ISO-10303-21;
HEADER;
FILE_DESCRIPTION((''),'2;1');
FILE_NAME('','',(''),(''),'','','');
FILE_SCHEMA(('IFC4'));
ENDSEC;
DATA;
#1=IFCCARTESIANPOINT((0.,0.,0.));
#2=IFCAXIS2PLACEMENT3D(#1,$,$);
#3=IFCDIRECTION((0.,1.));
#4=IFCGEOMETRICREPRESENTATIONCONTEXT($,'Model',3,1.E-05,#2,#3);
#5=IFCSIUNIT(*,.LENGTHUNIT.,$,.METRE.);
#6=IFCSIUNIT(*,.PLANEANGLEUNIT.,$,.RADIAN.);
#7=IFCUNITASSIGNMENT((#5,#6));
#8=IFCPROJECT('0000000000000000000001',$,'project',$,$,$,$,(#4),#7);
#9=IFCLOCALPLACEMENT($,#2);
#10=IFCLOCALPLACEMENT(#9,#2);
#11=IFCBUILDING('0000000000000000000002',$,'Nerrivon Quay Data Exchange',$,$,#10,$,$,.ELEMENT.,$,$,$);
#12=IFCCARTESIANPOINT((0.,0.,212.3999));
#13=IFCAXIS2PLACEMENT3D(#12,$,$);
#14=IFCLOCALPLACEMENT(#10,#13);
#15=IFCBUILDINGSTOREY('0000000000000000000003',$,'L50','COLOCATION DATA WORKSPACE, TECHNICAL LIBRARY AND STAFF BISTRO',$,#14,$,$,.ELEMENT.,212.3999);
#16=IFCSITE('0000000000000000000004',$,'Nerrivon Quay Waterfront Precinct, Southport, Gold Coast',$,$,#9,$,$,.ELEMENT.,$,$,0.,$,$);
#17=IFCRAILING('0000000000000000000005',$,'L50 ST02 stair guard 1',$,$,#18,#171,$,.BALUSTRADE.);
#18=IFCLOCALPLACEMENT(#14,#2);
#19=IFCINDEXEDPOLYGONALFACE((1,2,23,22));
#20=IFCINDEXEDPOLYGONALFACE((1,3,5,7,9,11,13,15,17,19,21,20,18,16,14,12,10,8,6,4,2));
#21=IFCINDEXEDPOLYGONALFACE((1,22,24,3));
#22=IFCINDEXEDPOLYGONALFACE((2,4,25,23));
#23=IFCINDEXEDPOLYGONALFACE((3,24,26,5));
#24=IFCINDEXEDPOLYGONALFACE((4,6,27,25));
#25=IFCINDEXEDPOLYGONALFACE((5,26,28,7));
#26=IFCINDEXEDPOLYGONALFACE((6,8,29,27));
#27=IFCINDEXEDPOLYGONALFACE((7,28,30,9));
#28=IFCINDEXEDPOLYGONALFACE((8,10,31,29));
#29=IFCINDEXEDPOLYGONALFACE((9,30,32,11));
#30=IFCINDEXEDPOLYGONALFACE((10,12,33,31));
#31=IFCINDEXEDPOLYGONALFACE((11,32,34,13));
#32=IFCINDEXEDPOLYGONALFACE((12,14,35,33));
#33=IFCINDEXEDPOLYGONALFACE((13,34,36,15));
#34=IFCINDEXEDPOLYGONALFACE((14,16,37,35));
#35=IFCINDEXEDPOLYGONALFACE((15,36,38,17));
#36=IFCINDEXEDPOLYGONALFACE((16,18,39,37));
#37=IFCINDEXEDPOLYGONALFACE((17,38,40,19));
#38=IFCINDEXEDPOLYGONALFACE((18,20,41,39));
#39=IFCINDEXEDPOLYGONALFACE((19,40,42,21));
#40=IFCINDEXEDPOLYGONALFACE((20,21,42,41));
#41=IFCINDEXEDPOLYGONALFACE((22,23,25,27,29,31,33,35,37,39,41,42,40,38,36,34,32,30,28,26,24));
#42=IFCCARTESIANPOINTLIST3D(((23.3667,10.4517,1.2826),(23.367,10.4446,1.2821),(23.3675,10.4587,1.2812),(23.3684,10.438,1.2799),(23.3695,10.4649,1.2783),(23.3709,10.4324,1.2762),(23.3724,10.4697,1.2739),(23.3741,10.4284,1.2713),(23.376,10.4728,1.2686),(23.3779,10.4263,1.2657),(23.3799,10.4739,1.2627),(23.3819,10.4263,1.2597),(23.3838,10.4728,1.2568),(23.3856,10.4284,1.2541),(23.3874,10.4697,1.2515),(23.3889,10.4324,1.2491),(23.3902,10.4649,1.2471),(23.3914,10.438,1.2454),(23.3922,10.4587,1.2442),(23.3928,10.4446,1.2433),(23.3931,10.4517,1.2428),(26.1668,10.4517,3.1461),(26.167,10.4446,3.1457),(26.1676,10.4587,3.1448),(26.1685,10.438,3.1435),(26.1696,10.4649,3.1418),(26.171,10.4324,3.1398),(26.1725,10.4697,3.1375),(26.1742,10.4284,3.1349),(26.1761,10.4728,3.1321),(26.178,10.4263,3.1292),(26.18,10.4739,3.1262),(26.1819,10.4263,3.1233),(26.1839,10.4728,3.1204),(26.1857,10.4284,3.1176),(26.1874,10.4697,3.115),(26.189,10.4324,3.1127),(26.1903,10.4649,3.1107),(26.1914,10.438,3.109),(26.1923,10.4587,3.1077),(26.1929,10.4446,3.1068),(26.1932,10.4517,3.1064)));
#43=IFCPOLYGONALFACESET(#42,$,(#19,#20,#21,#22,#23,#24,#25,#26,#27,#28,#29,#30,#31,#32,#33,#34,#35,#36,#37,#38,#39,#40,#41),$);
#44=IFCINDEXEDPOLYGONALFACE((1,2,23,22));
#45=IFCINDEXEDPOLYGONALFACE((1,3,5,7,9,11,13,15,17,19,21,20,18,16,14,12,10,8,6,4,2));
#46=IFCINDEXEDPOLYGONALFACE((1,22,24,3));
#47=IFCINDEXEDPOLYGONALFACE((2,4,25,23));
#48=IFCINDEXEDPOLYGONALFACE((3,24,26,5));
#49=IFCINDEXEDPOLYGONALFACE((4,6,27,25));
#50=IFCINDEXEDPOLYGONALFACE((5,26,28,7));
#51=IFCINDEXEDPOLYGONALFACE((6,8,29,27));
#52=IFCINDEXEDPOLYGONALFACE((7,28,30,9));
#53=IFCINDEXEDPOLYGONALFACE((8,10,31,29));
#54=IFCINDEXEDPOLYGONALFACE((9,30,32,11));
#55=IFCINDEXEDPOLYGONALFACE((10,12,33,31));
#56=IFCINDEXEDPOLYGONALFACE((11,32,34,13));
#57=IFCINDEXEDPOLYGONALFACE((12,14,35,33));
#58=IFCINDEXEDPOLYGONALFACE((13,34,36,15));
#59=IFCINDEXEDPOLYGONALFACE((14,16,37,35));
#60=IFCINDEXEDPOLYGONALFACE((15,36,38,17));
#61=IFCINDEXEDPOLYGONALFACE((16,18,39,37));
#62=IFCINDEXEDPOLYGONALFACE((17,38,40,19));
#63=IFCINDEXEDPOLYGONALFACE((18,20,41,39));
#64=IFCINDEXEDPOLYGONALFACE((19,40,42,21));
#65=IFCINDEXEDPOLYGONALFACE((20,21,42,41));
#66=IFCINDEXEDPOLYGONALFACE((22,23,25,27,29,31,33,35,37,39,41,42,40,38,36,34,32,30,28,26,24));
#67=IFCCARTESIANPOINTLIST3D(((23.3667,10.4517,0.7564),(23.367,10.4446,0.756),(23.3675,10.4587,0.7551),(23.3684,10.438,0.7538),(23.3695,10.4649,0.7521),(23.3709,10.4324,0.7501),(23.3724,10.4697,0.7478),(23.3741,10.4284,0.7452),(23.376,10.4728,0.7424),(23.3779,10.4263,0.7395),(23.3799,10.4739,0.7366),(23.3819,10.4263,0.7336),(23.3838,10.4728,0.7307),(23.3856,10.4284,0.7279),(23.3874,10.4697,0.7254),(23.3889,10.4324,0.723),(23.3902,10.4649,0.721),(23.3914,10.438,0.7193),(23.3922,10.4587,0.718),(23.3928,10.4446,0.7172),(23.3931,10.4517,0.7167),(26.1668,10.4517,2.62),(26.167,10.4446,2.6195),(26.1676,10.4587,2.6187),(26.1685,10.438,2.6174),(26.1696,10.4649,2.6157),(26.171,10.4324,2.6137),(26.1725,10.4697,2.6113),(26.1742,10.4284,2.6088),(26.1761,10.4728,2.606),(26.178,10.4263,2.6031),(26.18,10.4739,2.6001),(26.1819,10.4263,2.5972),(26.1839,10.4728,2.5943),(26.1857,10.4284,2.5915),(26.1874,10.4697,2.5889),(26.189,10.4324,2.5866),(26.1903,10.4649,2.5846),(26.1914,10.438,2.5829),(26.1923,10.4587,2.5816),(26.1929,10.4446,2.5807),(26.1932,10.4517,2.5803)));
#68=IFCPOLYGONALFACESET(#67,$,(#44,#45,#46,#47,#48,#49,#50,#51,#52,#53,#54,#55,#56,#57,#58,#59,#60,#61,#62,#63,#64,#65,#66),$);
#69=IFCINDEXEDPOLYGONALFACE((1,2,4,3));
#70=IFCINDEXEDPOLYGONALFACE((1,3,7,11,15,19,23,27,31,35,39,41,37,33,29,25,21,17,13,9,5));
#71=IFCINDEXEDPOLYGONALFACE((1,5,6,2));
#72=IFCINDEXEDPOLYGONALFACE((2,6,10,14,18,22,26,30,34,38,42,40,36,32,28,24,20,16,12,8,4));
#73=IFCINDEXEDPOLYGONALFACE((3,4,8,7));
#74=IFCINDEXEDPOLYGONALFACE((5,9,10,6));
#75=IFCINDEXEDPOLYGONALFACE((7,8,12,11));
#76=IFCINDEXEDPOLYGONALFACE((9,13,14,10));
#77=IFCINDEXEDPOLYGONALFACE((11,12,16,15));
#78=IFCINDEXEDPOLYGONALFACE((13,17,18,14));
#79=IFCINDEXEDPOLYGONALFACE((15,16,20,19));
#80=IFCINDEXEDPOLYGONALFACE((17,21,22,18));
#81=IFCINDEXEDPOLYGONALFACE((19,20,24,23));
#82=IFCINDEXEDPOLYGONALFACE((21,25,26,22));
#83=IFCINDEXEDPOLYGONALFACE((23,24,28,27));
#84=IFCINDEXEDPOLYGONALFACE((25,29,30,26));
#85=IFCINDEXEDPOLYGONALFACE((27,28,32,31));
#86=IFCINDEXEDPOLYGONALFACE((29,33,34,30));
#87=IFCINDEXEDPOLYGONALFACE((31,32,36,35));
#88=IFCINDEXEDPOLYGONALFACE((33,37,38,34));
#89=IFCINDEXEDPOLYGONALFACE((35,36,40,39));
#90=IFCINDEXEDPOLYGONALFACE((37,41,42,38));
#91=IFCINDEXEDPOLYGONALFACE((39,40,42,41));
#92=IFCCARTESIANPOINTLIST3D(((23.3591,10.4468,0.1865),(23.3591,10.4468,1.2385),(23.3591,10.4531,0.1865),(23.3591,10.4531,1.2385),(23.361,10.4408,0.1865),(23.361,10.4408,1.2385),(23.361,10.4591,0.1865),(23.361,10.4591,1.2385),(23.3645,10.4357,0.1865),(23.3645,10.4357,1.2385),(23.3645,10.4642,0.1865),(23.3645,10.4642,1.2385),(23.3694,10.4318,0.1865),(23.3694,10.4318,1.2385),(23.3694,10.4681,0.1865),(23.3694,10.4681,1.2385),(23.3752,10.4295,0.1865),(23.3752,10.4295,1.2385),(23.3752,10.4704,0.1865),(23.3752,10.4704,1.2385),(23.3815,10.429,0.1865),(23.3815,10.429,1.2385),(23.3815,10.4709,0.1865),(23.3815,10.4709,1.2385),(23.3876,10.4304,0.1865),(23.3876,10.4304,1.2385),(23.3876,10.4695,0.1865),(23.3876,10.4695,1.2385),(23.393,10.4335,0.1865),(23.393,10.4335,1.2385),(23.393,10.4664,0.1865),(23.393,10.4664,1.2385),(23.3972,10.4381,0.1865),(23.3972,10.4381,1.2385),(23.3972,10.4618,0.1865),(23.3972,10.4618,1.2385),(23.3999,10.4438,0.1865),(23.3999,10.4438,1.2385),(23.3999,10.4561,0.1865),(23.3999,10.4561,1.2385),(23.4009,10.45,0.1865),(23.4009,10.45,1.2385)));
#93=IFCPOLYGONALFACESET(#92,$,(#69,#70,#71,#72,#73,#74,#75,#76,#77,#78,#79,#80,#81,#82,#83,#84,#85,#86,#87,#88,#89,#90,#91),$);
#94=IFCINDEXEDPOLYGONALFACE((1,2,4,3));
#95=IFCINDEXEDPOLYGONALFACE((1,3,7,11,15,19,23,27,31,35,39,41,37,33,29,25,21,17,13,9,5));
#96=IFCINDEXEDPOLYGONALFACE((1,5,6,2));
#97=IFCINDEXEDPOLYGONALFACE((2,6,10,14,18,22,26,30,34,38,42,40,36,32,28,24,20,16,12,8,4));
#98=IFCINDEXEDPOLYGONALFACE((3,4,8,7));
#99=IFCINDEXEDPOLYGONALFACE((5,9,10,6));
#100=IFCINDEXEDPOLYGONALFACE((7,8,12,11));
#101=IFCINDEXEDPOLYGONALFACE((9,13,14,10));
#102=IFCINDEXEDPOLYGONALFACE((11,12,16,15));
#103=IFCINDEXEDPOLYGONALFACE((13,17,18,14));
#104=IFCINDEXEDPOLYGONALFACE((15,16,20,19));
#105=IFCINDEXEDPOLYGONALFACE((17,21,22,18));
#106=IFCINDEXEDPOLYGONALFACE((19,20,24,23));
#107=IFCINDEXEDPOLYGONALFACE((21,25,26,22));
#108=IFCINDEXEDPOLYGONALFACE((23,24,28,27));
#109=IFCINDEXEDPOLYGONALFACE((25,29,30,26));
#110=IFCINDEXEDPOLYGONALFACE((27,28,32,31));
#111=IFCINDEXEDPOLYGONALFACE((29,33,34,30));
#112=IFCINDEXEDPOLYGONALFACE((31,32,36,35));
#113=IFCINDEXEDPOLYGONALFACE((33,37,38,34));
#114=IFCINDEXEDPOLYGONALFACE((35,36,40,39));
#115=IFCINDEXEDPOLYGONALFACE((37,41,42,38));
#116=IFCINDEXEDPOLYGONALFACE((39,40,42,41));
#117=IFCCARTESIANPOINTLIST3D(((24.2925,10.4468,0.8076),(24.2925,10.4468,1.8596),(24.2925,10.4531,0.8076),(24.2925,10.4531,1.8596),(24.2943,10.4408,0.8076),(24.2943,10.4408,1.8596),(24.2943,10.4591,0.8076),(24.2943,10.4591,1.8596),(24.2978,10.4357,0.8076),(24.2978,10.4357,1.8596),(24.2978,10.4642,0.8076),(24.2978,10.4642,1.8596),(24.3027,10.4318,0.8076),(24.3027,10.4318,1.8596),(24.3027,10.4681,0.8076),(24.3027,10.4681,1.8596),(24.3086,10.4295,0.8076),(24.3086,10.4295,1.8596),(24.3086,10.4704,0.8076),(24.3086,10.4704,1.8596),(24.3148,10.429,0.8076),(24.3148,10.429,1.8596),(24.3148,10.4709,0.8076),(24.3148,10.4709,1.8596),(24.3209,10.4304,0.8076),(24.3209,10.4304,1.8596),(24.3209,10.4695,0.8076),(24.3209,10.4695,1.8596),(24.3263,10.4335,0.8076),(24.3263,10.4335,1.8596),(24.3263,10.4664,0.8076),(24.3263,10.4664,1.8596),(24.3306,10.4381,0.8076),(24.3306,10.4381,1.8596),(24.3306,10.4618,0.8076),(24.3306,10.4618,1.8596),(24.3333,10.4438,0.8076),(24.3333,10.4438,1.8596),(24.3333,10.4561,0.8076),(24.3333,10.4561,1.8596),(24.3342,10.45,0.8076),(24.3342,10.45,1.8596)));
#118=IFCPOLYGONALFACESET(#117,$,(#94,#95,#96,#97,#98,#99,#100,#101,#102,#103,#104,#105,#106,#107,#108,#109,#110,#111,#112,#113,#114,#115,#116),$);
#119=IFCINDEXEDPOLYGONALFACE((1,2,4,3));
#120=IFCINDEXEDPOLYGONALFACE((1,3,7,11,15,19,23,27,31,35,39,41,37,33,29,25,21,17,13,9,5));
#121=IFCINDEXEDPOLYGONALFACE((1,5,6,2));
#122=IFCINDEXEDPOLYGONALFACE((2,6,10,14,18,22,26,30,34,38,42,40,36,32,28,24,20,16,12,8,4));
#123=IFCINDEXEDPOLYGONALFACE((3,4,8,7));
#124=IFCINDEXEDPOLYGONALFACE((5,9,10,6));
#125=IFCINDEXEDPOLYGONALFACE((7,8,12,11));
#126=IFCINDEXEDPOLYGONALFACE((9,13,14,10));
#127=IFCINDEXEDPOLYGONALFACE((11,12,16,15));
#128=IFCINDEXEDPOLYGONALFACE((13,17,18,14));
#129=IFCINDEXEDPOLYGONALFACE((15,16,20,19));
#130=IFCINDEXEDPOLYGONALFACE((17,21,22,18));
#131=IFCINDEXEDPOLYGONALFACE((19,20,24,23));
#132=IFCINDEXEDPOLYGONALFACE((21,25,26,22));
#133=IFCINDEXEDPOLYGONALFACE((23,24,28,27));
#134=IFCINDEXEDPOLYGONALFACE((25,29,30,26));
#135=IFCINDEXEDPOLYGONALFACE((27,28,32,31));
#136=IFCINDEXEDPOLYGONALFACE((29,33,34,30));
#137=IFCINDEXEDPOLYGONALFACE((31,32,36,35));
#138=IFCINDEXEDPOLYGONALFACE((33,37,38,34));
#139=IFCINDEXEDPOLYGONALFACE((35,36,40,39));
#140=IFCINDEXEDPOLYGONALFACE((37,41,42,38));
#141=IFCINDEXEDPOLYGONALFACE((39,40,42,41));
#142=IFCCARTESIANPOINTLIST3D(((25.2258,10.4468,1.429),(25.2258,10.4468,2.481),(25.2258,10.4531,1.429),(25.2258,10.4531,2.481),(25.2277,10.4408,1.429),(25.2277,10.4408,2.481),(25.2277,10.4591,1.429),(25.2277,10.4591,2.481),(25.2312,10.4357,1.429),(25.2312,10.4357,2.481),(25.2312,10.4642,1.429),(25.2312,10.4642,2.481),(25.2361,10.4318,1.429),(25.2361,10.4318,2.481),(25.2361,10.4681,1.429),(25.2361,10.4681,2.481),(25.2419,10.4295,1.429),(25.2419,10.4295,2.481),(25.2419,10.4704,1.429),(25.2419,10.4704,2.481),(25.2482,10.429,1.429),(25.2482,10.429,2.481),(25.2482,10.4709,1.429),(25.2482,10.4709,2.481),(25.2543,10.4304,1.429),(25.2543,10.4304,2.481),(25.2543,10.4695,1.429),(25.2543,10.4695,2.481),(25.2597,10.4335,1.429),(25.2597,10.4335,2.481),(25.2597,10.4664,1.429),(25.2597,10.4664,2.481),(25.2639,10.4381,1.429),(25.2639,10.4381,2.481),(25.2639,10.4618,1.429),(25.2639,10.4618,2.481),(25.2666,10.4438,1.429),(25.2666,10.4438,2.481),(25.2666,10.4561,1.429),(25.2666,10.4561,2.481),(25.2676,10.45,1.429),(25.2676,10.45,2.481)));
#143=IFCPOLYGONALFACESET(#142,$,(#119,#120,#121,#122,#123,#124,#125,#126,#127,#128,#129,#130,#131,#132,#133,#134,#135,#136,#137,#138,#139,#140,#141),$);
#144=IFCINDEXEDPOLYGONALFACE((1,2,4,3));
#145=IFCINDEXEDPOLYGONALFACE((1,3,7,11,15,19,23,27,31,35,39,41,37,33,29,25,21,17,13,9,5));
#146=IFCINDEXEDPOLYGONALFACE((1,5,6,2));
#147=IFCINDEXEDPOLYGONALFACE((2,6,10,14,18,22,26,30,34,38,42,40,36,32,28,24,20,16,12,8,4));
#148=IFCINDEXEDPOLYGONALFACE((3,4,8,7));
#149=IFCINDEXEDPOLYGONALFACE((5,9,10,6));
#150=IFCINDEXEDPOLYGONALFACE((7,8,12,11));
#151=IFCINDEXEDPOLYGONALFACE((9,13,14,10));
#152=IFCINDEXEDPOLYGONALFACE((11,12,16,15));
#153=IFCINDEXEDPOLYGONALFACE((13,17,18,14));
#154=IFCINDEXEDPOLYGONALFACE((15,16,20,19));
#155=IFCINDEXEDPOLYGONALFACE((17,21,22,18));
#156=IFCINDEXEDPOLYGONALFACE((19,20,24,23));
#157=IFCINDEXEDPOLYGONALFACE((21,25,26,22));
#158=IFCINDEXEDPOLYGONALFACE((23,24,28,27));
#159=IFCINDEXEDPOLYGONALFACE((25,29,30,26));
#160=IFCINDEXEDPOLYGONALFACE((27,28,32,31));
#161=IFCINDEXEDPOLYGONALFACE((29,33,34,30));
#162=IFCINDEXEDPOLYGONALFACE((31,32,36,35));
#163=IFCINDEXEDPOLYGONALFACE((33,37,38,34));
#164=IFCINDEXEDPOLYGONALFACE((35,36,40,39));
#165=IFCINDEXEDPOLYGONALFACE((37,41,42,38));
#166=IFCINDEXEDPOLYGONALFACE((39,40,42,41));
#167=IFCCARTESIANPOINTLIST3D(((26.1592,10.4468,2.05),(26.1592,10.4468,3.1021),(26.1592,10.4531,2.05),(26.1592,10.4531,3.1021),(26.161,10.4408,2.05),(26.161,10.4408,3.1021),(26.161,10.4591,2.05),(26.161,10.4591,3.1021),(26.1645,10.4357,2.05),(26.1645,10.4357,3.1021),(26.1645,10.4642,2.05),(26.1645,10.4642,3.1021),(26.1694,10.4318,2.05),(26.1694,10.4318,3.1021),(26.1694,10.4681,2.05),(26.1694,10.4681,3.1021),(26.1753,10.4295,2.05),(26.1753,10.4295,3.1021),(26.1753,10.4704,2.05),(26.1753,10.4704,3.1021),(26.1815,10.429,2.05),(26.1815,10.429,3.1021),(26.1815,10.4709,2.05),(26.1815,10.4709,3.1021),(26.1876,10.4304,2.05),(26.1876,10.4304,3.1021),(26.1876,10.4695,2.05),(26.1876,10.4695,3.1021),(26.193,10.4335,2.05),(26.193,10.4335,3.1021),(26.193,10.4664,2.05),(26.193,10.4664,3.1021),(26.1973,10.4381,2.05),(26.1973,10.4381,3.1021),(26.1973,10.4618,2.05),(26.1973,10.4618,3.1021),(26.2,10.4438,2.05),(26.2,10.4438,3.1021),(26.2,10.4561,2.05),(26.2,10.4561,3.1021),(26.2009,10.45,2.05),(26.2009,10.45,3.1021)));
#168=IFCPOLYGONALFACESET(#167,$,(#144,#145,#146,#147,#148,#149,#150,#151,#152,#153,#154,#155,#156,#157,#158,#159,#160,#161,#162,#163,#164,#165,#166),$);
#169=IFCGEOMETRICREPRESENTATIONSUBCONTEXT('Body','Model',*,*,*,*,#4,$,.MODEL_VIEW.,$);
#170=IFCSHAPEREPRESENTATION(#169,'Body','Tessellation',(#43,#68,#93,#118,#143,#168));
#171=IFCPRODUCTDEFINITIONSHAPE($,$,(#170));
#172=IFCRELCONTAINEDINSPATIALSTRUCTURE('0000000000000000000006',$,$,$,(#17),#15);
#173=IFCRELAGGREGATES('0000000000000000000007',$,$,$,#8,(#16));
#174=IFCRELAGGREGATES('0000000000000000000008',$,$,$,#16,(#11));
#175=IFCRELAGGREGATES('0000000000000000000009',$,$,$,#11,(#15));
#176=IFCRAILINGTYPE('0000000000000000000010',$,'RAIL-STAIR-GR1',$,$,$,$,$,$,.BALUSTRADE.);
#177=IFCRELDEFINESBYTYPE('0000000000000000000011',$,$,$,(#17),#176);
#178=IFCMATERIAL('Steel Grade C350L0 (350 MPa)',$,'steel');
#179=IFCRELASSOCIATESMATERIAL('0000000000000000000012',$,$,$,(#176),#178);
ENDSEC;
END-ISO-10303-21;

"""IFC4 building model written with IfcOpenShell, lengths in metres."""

from ifc_helpers import new_model, si_unit, direction, frame, origin, origin_2d, place, context, subcontext, project, spatial, circle, extrude, material, type_object, element, save


model = new_model("IFC4")

# Units and contexts
model_context = context("Model", 3, precision=1e-05, world=origin(), true_north=direction((0.0, 1.0)))
body_context = subcontext(model_context, "Body", "Model", "MODEL_VIEW")
ifc_project = project(units=[si_unit("LENGTHUNIT", "METRE"), si_unit("PLANEANGLEUNIT", "RADIAN")], contexts=[model_context])

# Site, building, storey
site_placement = place(None, origin())
site = spatial("IfcSite", under=ifc_project, at=site_placement, Name="Nerrivon Quay Waterfront Precinct, Southport, Gold Coast", CompositionType="ELEMENT", RefElevation=0.0)
building_placement = place(site_placement, origin())
building = spatial("IfcBuilding", under=site, at=building_placement, Name="Nerrivon Quay Data Exchange", CompositionType="ELEMENT")
storey_placement = place(building_placement, frame((0.0, 0.0, 212.3999)))
storey = spatial("IfcBuildingStorey", under=building, at=storey_placement, Name="L50", Description="COLOCATION DATA WORKSPACE, TECHNICAL LIBRARY AND STAFF BISTRO", CompositionType="ELEMENT", Elevation=212.3999)

# Railing
ifc_material_1 = material(Name="Steel Grade C350L0 (350 MPa)", Category="steel")
railing_type_1 = type_object("IfcRailingType", Name="RAIL-STAIR-GR1", PredefinedType="BALUSTRADE", material=ifc_material_1)
railing_1_placement = place(storey_placement, frame((23.3799, 10.45, 0.1865)))
element("IfcRailing", 1, at=railing_1_placement, inside=storey, type_object=railing_type_1, Name="L50 ST02 stair guard 1", PredefinedType="BALUSTRADE", context=body_context, shape_type="SweptSolid", body=[
    extrude(circle(Radius=0.0239, at=origin_2d()), frame((0.0, 0.0, 1.0762), z_axis=(0.832486, 0.0, 0.554047), x_axis=(0.0, 1.0, 0.0)), (0.0, 0.0, 1.0), 3.3635),
    extrude(circle(Radius=0.0239, at=origin_2d()), frame((0.0, 0.0, 0.55), z_axis=(0.832486, 0.0, 0.554047), x_axis=(0.0, 1.0, 0.0)), (0.0, 0.0, 1.0), 3.3635),
    extrude(circle(Radius=0.021, at=origin_2d()), origin(), (0.0, 0.0, 1.0), 1.052),
    extrude(circle(Radius=0.021, at=origin_2d()), frame((0.9333, 0.0, 0.6211)), (0.0, 0.0, 1.0), 1.052),
    extrude(circle(Radius=0.021, at=origin_2d()), frame((1.8667, 0.0, 1.2424)), (0.0, 0.0, 1.0), 1.052),
    extrude(circle(Radius=0.021, at=origin_2d()), frame((2.8, 0.0, 1.8635)), (0.0, 0.0, 1.0), 1.052),
])

save(model, "model.ifc")
